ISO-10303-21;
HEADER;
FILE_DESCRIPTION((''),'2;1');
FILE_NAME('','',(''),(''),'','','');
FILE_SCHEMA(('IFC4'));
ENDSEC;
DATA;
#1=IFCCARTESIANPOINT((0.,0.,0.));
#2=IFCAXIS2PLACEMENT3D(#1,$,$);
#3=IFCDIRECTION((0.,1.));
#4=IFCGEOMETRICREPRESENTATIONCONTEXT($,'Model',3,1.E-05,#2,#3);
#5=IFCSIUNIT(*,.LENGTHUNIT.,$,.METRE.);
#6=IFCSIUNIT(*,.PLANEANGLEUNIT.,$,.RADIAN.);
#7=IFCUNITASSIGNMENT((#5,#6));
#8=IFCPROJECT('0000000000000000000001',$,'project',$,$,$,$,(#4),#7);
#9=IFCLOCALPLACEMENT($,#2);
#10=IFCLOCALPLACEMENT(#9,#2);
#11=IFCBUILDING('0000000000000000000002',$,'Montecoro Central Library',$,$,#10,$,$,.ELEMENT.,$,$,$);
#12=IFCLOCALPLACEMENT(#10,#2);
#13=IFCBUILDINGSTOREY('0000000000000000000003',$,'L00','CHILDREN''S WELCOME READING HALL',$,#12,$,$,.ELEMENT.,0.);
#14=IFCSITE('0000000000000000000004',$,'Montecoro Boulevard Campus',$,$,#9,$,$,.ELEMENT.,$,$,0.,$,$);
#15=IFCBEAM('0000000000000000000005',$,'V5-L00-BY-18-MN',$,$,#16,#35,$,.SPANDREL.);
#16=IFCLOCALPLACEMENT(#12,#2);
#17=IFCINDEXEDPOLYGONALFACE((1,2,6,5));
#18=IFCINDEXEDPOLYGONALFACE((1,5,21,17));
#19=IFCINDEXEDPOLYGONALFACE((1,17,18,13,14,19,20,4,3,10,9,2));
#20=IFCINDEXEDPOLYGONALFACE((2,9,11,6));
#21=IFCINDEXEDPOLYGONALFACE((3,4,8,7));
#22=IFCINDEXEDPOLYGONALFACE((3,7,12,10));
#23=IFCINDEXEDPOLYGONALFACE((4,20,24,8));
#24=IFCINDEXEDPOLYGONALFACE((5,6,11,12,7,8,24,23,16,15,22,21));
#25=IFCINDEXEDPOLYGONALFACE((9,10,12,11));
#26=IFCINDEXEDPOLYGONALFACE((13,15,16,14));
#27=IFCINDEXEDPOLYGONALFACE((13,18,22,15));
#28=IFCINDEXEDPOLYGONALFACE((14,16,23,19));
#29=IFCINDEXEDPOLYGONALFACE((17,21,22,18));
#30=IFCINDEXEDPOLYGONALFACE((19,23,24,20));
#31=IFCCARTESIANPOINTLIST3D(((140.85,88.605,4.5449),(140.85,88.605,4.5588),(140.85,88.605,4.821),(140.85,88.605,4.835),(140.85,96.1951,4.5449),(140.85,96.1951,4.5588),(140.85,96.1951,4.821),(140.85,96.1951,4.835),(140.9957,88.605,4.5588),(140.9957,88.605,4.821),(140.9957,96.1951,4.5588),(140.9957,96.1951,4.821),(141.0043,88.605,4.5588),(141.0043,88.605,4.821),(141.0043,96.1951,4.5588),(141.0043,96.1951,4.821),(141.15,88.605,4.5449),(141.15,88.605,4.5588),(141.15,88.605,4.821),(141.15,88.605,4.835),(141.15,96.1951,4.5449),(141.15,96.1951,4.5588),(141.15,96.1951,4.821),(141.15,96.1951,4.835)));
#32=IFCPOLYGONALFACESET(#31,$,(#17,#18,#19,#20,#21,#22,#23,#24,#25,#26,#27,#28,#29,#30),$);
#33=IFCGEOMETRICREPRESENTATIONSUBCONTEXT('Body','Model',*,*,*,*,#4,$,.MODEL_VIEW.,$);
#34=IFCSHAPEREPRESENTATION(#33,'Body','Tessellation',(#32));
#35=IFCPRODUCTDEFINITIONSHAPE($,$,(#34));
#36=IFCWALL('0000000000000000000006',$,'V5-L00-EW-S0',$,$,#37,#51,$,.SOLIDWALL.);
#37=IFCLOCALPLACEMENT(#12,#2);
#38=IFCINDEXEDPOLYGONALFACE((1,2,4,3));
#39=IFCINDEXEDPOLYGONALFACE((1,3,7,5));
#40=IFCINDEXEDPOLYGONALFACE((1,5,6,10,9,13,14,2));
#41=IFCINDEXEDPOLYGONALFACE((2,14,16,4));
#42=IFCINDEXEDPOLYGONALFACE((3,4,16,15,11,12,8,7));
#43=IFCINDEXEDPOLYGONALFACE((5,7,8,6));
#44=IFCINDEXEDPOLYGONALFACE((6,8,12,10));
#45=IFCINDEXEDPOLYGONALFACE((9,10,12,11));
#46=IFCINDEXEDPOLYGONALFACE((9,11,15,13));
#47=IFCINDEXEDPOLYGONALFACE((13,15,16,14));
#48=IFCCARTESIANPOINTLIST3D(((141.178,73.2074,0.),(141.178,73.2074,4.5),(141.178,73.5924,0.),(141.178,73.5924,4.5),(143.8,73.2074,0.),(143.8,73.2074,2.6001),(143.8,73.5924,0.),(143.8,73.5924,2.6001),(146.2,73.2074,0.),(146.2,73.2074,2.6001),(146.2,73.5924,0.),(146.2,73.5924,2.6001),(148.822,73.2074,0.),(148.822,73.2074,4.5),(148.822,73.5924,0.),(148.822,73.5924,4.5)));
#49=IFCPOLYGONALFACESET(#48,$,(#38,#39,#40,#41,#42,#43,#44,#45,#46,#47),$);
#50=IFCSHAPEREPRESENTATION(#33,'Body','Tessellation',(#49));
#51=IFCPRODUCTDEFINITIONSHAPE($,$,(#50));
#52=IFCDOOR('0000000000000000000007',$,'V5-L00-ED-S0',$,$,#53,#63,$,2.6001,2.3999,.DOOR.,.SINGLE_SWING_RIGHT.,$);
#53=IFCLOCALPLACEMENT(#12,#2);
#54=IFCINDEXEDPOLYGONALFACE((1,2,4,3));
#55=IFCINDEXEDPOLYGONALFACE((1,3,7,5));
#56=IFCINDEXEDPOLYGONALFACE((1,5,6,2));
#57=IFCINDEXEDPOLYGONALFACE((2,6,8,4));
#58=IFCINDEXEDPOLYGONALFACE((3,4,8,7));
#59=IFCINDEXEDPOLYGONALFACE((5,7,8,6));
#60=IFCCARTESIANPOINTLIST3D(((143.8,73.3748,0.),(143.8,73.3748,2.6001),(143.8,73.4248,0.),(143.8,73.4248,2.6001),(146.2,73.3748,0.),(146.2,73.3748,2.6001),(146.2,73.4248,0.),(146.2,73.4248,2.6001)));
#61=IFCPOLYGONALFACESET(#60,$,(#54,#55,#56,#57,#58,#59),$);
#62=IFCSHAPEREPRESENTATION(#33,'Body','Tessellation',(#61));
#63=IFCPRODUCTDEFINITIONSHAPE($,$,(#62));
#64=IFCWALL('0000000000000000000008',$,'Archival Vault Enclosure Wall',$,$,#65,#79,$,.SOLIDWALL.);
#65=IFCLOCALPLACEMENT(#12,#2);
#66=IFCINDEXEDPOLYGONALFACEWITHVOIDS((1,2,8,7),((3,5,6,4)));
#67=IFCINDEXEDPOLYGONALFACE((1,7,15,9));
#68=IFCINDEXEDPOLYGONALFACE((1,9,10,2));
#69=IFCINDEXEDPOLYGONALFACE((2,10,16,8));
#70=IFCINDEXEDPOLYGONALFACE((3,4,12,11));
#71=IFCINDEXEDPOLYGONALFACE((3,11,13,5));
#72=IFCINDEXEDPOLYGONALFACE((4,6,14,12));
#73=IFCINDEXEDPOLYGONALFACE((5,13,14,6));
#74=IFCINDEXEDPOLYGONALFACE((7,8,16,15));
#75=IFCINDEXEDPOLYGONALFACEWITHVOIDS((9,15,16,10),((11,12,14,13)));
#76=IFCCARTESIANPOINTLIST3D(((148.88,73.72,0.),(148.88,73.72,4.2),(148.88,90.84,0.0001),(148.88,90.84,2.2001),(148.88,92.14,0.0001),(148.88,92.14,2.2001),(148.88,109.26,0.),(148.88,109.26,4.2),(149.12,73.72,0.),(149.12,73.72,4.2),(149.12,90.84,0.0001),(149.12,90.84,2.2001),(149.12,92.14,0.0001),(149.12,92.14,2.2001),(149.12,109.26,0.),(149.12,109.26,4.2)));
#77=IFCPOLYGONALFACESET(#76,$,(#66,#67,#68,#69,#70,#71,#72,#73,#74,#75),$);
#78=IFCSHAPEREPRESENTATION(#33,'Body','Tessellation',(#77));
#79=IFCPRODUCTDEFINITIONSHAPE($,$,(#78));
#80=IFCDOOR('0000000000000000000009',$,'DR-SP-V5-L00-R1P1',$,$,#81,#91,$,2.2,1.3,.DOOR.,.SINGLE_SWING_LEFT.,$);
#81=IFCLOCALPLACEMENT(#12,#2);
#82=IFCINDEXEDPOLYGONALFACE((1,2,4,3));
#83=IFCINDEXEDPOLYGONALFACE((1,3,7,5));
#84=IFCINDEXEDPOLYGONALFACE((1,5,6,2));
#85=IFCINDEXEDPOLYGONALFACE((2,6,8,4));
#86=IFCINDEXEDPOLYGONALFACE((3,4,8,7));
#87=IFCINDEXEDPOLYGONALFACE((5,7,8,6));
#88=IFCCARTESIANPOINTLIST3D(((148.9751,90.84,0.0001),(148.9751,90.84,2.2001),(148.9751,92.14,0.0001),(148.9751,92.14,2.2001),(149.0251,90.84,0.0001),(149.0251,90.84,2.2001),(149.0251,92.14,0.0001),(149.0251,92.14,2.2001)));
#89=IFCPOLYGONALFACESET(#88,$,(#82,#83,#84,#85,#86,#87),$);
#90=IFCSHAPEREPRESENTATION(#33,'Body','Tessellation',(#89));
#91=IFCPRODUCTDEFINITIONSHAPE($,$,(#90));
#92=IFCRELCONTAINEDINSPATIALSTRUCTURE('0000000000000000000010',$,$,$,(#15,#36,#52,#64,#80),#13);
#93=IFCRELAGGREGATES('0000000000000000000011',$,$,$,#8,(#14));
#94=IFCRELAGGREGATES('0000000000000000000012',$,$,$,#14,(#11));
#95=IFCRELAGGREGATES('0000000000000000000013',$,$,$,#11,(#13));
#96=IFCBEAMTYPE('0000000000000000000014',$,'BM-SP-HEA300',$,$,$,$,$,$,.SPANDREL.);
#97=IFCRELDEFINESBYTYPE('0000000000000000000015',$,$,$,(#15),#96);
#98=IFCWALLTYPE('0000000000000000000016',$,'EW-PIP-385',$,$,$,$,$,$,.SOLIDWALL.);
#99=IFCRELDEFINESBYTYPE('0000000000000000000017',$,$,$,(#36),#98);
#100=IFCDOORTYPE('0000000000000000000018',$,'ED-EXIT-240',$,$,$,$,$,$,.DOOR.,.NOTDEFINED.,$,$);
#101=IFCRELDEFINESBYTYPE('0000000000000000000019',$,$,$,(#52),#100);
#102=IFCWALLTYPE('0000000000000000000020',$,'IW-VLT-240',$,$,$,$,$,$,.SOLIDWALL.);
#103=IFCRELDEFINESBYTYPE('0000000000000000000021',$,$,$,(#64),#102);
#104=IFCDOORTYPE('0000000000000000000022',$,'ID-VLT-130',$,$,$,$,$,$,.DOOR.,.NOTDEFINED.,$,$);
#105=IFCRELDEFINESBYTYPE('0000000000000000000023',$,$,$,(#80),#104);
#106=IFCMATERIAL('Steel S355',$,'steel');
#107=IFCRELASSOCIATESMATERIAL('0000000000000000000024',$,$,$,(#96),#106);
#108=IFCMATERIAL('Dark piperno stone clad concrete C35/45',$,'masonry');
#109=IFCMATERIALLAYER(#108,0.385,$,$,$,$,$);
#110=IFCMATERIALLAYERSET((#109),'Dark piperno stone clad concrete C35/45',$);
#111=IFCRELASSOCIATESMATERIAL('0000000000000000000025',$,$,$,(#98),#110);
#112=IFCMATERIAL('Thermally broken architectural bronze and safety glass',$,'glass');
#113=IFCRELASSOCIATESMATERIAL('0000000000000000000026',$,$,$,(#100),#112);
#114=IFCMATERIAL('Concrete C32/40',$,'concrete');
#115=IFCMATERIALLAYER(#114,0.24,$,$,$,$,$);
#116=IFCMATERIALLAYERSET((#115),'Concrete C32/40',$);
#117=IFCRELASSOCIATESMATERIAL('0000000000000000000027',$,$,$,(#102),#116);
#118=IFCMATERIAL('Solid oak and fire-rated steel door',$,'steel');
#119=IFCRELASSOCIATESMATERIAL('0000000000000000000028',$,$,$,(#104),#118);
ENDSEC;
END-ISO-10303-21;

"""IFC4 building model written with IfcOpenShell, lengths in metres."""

from ifc_helpers import new_model, si_unit, direction, frame, frame_2d, origin, origin_2d, place, context, subcontext, project, spatial, rectangle, i_section, extrude, material, layer, layer_set, material_profile, profile_set, type_object, element, fill, save


model = new_model("IFC4")

# Units and contexts
model_context = context("Model", 3, precision=1e-05, world=origin(), true_north=direction((0.0, 1.0)))
body_context = subcontext(model_context, "Body", "Model", "MODEL_VIEW")
ifc_project = project(units=[si_unit("LENGTHUNIT", "METRE"), si_unit("PLANEANGLEUNIT", "RADIAN")], contexts=[model_context])

# Site, building, storey
site_placement = place(None, origin())
site = spatial("IfcSite", under=ifc_project, at=site_placement, Name="Montecoro Boulevard Campus", CompositionType="ELEMENT", RefElevation=0.0)
building_placement = place(site_placement, origin())
building = spatial("IfcBuilding", under=site, at=building_placement, Name="Montecoro Central Library", CompositionType="ELEMENT")
storey_placement = place(building_placement, origin())
storey = spatial("IfcBuildingStorey", under=building, at=storey_placement, Name="L00", Description="CHILDREN'S WELCOME READING HALL", CompositionType="ELEMENT", Elevation=0.0)

# Beam
ifc_material_1 = material(Name="Steel S355", Category="steel")
ifc_material_profile_1 = material_profile(ifc_material_1, i_section(OverallWidth=0.3, OverallDepth=0.29, WebThickness=0.0085, FlangeThickness=0.0139, at=origin_2d()), Name="HEA 300")
ifc_profile_set_1 = profile_set([ifc_material_profile_1], Name="Steel S355")
beam_type_1 = type_object("IfcBeamType", Name="BM-SP-HEA300", PredefinedType="SPANDREL", material=ifc_profile_set_1)
beam_1_placement = place(storey_placement, frame((141.0, 88.605, 4.6899), z_axis=(0.0, 1.0, 0.0), x_axis=(-1.0, 0.0, 0.0)))
element("IfcBeam", 1, at=beam_1_placement, inside=storey, type_object=beam_type_1, Name="V5-L00-BY-18-MN", PredefinedType="SPANDREL", context=body_context, shape_type="SweptSolid", body=[
    extrude(i_section(OverallWidth=0.3, OverallDepth=0.29, WebThickness=0.0085, FlangeThickness=0.0139, at=origin_2d()), origin(), (0.0, 0.0, 1.0), 7.5901),
])

# Walls, openings, doors
ifc_material_2 = material(Name="Dark piperno stone clad concrete C35/45", Category="masonry")
ifc_layer_1 = layer(ifc_material_2, 0.385)
ifc_layer_set_1 = layer_set([ifc_layer_1], Name="Dark piperno stone clad concrete C35/45")
wall_type_1 = type_object("IfcWallType", Name="EW-PIP-385", PredefinedType="SOLIDWALL", material=ifc_layer_set_1)
wall_1_placement = place(storey_placement, frame((141.178, 73.3999, 0.0), z_axis=(0.0, 0.0, 1.0), x_axis=(1.0, 0.0, 0.0)))
wall_1 = element("IfcWall", 2, at=wall_1_placement, inside=storey, type_object=wall_type_1, Name="V5-L00-EW-S0", PredefinedType="SOLIDWALL", context=body_context, shape_type="SweptSolid", body=[
    extrude(rectangle(XDim=7.644, YDim=0.385, at=frame_2d((3.822, 0.0))), origin(), (0.0, 0.0, 1.0), 4.5),
])
opening_1_placement = place(wall_1_placement, frame((2.6221, 0.0, 0.0)))
opening_1 = element("IfcOpeningElement", 3, at=opening_1_placement, cuts=wall_1, PredefinedType="OPENING", context=body_context, shape_type="SweptSolid", body=[
    extrude(rectangle(XDim=2.3999, YDim=2.6001, at=frame_2d((1.2, 1.3))), frame((0.0, 0.2024, 0.0), z_axis=(0.0, -1.0, 0.0), x_axis=(1.0, 0.0, 0.0)), (0.0, 0.0, 1.0), 0.405),
])
ifc_material_3 = material(Name="Thermally broken architectural bronze and safety glass", Category="glass")
door_type_1 = type_object("IfcDoorType", Name="ED-EXIT-240", OperationType="NOTDEFINED", PredefinedType="DOOR", material=ifc_material_3)
door_1_placement = place(opening_1_placement, origin())
door_1 = element("IfcDoor", 4, at=door_1_placement, inside=storey, type_object=door_type_1, Name="V5-L00-ED-S0", OperationType="SINGLE_SWING_RIGHT", OverallHeight=2.6001, OverallWidth=2.3999, PredefinedType="DOOR", context=body_context, shape_type="SweptSolid", body=[
    extrude(rectangle(XDim=2.3999, YDim=2.6001, at=frame_2d((1.2, 1.3))), frame((0.0, 0.0249, 0.0), z_axis=(0.0, -1.0, 0.0), x_axis=(1.0, 0.0, 0.0)), (0.0, 0.0, 1.0), 0.05),
])
fill(opening_1, door_1)
ifc_material_4 = material(Name="Concrete C32/40", Category="concrete")
ifc_layer_2 = layer(ifc_material_4, 0.24)
ifc_layer_set_2 = layer_set([ifc_layer_2], Name="Concrete C32/40")
wall_type_2 = type_object("IfcWallType", Name="IW-VLT-240", PredefinedType="SOLIDWALL", material=ifc_layer_set_2)
wall_2_placement = place(storey_placement, frame((149.0, 73.72, 0.0), z_axis=(0.0, 0.0, 1.0), x_axis=(0.0, 1.0, 0.0)))
wall_2 = element("IfcWall", 5, at=wall_2_placement, inside=storey, type_object=wall_type_2, Name="Archival Vault Enclosure Wall", PredefinedType="SOLIDWALL", context=body_context, shape_type="SweptSolid", body=[
    extrude(rectangle(XDim=35.54, YDim=0.24, at=frame_2d((17.77, 0.0))), origin(), (0.0, 0.0, 1.0), 4.2),
])
opening_2_placement = place(wall_2_placement, frame((17.1201, 0.0, 0.0)))
opening_2 = element("IfcOpeningElement", 6, at=opening_2_placement, cuts=wall_2, PredefinedType="OPENING", context=body_context, shape_type="SweptSolid", body=[
    extrude(rectangle(XDim=1.3, YDim=2.2, at=frame_2d((0.6499, 1.1001))), frame((0.0, 0.1299, 0.0), z_axis=(0.0, -1.0, 0.0), x_axis=(1.0, 0.0, 0.0)), (0.0, 0.0, 1.0), 0.26),
])
ifc_material_5 = material(Name="Solid oak and fire-rated steel door", Category="steel")
door_type_2 = type_object("IfcDoorType", Name="ID-VLT-130", OperationType="NOTDEFINED", PredefinedType="DOOR", material=ifc_material_5)
door_2_placement = place(opening_2_placement, origin())
door_2 = element("IfcDoor", 7, at=door_2_placement, inside=storey, type_object=door_type_2, Name="DR-SP-V5-L00-R1P1", OperationType="SINGLE_SWING_LEFT", OverallHeight=2.2, OverallWidth=1.3, PredefinedType="DOOR", context=body_context, shape_type="SweptSolid", body=[
    extrude(rectangle(XDim=1.3, YDim=2.2, at=frame_2d((0.6499, 1.1001))), frame((0.0, 0.0249, 0.0), z_axis=(0.0, -1.0, 0.0), x_axis=(1.0, 0.0, 0.0)), (0.0, 0.0, 1.0), 0.05),
])
fill(opening_2, door_2)

save(model, "model.ifc")
